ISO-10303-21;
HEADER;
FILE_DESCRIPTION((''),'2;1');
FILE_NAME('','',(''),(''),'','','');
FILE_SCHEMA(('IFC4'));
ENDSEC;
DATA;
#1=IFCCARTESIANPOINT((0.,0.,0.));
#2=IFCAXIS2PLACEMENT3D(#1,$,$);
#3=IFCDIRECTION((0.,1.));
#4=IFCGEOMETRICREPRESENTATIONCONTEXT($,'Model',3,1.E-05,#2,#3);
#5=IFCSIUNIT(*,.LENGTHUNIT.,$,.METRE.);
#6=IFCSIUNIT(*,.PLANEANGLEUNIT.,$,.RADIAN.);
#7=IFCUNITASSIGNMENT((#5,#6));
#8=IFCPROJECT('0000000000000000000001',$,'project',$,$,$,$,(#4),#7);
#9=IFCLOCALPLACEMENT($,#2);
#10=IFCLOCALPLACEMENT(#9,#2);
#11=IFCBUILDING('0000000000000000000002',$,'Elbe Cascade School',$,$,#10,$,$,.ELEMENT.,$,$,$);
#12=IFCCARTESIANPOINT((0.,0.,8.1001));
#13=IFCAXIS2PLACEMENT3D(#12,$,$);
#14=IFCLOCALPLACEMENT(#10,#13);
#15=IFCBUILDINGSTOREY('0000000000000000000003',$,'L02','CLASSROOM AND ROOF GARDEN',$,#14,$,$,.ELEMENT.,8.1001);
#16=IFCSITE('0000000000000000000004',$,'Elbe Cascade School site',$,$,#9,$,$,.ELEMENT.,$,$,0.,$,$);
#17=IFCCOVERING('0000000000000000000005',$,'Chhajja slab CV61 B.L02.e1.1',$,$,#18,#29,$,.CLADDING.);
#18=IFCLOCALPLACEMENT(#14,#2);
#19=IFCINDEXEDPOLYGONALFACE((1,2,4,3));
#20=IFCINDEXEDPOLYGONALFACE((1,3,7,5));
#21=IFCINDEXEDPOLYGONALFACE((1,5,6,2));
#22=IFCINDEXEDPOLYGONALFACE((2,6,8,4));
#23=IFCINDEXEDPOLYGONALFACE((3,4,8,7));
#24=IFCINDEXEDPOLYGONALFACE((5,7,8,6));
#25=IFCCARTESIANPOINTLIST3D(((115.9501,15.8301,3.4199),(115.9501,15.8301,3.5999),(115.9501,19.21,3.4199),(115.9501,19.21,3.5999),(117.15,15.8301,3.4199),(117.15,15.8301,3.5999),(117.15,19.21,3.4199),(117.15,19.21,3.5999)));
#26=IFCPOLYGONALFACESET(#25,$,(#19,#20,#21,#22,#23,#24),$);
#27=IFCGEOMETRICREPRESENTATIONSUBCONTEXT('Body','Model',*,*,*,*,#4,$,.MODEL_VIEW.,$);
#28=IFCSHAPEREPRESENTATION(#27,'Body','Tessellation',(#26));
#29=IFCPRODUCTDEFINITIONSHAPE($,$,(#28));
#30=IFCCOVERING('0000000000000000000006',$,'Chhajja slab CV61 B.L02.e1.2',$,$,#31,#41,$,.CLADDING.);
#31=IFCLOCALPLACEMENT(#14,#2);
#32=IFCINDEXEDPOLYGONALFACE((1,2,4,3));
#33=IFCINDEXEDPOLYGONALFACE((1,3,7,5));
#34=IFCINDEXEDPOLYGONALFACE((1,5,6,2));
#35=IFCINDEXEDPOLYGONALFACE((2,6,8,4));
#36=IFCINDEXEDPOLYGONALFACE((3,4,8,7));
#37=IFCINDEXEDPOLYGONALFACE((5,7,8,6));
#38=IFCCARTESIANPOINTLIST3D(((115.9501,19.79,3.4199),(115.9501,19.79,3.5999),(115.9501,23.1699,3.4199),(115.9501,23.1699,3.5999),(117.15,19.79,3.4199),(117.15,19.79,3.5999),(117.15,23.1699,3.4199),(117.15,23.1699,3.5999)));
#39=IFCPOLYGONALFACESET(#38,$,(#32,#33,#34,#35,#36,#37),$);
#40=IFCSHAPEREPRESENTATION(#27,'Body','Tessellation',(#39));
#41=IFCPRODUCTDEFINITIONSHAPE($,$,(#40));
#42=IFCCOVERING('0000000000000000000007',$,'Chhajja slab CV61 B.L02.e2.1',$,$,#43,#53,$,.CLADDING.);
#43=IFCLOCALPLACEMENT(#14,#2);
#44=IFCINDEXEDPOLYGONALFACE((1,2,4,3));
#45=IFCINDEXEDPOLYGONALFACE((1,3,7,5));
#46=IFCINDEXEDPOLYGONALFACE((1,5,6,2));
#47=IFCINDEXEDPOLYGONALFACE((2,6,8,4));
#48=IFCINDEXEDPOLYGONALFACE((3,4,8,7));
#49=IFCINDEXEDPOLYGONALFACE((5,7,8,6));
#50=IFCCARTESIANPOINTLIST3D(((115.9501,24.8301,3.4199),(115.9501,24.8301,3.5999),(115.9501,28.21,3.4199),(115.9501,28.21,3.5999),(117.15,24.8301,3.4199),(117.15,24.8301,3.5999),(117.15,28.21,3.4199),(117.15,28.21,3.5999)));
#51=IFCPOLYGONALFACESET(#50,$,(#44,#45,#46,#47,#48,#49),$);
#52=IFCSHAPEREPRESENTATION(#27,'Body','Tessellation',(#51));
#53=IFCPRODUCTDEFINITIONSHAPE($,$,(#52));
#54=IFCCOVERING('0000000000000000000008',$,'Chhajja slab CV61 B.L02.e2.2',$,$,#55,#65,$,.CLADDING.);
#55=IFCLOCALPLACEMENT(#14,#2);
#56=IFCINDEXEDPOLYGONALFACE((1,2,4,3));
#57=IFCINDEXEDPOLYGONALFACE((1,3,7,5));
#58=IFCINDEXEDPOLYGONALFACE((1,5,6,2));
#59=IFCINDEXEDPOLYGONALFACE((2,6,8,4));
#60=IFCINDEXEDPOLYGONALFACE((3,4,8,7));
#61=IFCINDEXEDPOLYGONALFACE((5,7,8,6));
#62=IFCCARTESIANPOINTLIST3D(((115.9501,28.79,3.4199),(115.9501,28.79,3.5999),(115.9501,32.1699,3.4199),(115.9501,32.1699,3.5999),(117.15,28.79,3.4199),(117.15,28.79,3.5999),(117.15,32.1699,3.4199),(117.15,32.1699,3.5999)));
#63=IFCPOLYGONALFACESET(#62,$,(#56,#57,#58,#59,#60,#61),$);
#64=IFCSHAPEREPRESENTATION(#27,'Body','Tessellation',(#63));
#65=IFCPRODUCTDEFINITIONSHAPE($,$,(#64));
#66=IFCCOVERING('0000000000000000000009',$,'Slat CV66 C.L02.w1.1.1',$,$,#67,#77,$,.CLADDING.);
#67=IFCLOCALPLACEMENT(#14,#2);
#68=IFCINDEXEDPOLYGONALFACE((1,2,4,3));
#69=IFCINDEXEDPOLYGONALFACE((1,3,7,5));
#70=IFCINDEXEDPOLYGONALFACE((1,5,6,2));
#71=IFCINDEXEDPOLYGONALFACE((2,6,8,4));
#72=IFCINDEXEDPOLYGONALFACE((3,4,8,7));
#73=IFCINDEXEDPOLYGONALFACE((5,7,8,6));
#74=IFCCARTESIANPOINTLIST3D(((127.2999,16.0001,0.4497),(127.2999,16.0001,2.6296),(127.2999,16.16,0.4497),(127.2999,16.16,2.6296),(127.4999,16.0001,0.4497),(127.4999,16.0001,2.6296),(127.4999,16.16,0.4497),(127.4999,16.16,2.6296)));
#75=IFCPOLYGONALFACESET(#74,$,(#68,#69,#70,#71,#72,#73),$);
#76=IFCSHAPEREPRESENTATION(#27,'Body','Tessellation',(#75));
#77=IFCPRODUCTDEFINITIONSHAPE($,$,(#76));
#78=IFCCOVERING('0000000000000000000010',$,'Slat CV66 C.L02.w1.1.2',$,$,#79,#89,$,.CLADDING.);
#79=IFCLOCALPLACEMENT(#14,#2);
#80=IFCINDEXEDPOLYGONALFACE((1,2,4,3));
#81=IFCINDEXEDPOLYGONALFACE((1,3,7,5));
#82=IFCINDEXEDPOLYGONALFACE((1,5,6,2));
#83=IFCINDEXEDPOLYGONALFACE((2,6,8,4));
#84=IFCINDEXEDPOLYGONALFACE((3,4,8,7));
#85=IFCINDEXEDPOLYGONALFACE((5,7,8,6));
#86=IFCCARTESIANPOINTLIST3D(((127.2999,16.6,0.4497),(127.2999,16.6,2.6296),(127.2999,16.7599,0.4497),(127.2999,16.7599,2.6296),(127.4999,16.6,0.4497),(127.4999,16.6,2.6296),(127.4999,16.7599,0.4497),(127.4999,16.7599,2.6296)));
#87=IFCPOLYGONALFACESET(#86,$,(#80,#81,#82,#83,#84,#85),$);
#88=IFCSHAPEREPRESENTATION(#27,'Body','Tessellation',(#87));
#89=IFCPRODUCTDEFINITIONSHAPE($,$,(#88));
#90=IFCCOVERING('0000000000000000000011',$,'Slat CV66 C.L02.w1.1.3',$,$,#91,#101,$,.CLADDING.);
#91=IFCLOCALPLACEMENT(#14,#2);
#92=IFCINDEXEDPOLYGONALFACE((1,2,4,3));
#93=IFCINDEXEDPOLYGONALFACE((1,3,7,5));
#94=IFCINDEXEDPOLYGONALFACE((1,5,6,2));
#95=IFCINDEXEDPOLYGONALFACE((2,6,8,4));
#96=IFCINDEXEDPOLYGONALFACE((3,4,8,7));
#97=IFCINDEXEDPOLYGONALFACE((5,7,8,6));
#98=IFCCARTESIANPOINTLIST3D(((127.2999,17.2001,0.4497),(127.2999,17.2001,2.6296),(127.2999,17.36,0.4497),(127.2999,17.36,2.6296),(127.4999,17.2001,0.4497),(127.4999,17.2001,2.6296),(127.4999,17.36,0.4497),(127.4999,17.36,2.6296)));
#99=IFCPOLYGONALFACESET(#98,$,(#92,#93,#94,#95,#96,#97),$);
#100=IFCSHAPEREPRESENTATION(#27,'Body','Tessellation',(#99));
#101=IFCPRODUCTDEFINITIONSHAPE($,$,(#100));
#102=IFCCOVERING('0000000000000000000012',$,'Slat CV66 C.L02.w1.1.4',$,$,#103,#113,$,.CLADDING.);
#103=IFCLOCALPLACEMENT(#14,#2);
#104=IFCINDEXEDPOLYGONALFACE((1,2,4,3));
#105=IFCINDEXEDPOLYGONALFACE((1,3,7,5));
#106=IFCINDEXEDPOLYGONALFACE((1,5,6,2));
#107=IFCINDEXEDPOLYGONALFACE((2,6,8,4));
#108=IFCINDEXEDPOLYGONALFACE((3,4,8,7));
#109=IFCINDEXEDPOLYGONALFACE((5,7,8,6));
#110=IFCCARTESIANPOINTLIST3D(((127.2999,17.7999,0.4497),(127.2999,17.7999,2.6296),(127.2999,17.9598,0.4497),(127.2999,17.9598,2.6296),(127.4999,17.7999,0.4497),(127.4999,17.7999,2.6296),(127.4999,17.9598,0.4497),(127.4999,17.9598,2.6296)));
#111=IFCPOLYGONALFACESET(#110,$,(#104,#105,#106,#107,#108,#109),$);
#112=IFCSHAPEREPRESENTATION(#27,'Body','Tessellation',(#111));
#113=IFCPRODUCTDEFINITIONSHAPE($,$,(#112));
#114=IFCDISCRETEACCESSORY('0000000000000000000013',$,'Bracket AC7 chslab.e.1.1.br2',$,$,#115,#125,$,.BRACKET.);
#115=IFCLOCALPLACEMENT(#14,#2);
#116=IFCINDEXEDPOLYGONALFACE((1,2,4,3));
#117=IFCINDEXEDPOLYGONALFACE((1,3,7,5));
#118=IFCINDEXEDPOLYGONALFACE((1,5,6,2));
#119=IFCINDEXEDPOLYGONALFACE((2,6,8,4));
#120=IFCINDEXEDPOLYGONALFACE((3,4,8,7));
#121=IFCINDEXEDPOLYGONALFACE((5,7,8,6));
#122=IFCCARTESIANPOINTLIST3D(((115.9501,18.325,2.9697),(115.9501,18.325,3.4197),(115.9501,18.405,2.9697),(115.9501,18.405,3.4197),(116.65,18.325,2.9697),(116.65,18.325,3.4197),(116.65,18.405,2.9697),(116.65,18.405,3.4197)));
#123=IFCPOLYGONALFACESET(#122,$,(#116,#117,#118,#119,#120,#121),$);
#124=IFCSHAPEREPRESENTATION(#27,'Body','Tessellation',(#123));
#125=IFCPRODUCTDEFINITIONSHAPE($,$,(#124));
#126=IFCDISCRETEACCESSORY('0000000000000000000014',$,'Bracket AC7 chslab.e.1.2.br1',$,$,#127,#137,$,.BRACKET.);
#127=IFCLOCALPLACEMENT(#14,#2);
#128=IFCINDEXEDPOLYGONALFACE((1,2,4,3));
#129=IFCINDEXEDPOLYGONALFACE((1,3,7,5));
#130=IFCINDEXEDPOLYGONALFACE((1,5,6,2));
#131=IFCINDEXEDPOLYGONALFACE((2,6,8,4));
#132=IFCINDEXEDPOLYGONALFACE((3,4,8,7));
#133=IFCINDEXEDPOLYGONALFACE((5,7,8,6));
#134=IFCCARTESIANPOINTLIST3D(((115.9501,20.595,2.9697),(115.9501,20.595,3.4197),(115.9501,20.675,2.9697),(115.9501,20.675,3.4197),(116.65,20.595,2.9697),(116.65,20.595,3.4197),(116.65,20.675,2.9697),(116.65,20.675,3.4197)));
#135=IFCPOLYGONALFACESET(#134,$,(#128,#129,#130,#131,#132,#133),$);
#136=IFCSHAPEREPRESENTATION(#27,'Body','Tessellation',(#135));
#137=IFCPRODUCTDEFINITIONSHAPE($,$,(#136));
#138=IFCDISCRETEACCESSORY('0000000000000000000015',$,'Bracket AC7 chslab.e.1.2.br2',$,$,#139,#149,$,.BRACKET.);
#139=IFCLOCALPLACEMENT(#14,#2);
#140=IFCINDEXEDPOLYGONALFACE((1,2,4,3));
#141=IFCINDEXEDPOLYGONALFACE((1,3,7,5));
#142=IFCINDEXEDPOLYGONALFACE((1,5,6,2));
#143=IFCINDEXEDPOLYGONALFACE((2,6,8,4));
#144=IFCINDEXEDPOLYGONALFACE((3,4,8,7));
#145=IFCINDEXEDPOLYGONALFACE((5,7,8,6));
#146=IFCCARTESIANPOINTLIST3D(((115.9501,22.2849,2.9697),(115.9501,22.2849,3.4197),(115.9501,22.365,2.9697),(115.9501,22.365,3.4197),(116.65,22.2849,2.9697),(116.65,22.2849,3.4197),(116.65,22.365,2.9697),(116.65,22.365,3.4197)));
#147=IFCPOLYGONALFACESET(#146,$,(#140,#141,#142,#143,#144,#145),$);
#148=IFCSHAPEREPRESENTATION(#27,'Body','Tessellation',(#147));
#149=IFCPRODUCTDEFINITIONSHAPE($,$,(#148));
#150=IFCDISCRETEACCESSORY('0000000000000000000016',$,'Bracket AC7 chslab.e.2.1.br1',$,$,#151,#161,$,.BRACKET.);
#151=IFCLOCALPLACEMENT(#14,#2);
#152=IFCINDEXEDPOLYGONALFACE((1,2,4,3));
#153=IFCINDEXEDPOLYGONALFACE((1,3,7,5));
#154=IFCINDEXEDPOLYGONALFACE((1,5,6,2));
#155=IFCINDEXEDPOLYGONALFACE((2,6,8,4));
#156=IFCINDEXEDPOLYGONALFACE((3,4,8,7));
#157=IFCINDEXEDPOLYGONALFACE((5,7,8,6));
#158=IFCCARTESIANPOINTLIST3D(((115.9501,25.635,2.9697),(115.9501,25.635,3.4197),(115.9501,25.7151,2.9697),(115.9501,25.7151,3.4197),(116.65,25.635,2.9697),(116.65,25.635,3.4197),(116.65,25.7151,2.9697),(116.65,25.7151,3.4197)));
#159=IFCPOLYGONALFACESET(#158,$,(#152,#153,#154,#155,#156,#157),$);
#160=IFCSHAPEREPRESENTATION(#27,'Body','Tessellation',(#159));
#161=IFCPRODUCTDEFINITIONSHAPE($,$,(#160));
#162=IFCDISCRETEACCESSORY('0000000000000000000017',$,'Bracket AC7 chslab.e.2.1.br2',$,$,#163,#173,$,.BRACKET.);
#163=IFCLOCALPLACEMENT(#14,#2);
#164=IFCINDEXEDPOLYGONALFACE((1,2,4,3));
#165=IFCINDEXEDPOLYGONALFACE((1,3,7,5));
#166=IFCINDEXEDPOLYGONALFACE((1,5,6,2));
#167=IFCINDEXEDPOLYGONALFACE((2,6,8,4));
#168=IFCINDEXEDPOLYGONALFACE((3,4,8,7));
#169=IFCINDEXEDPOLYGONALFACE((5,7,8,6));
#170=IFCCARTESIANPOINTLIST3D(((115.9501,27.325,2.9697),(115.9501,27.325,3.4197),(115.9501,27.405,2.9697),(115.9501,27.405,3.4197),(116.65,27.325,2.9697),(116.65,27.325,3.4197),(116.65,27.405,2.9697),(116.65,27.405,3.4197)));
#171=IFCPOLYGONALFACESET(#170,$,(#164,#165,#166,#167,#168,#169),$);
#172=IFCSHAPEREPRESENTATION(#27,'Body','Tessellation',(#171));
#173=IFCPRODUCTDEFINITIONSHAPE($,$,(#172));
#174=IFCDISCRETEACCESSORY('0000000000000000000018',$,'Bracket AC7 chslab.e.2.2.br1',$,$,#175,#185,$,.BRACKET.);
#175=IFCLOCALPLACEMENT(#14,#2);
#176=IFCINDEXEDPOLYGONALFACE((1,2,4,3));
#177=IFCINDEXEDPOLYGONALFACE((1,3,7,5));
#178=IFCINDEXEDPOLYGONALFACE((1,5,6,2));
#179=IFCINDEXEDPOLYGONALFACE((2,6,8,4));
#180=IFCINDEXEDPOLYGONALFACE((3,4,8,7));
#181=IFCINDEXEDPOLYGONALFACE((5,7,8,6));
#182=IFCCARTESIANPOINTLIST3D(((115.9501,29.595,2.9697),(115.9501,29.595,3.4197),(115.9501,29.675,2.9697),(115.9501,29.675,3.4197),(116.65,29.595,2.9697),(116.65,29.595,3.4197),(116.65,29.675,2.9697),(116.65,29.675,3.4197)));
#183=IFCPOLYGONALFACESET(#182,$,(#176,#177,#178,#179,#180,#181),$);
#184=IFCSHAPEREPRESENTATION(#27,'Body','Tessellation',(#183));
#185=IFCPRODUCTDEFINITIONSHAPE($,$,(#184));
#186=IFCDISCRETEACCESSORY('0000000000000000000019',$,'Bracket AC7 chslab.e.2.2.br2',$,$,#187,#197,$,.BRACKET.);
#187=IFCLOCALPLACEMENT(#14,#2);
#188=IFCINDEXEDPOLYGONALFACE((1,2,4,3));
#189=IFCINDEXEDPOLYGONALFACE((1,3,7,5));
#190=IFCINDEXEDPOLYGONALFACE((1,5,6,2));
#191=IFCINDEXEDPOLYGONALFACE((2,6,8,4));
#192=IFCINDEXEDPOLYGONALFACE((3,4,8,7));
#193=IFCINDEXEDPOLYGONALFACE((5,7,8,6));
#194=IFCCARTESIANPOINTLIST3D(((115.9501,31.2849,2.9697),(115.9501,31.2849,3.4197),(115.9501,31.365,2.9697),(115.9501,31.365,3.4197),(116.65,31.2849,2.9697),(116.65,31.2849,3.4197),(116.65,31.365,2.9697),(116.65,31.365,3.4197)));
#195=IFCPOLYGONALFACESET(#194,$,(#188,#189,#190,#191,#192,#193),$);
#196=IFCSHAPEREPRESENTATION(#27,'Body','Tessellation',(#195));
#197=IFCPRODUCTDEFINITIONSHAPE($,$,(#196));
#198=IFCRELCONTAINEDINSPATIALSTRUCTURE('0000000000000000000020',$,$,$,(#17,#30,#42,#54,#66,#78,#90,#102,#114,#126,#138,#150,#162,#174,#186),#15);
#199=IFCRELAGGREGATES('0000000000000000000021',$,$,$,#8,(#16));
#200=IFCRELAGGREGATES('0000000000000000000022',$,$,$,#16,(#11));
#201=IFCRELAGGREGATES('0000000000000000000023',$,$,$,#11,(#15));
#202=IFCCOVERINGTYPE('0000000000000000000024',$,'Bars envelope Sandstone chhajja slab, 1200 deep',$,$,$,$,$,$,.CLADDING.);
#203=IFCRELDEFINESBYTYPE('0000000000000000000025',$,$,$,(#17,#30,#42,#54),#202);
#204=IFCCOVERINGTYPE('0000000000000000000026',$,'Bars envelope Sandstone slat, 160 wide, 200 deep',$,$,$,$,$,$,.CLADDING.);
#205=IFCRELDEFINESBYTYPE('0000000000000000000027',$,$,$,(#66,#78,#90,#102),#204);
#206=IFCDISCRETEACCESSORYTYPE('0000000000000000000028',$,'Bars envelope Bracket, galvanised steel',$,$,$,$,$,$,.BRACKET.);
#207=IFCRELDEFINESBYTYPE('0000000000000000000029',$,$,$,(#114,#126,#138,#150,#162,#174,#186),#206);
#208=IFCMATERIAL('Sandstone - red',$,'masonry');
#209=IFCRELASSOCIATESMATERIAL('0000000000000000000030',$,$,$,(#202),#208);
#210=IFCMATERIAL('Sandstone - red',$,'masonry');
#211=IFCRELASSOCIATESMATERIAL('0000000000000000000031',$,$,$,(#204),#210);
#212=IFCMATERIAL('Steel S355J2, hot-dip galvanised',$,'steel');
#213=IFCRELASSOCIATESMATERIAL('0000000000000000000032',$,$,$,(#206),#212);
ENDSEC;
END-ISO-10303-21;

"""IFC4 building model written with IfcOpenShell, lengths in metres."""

from ifc_helpers import new_model, si_unit, direction, frame, origin, origin_2d, place, context, subcontext, project, spatial, rectangle, extrude, material, type_object, element, save


model = new_model("IFC4")

# Units and contexts
model_context = context("Model", 3, precision=1e-05, world=origin(), true_north=direction((0.0, 1.0)))
body_context = subcontext(model_context, "Body", "Model", "MODEL_VIEW")
ifc_project = project(units=[si_unit("LENGTHUNIT", "METRE"), si_unit("PLANEANGLEUNIT", "RADIAN")], contexts=[model_context])

# Site, building, storey
site_placement = place(None, origin())
site = spatial("IfcSite", under=ifc_project, at=site_placement, Name="Elbe Cascade School site", CompositionType="ELEMENT", RefElevation=0.0)
building_placement = place(site_placement, origin())
building = spatial("IfcBuilding", under=site, at=building_placement, Name="Elbe Cascade School", CompositionType="ELEMENT")
storey_placement = place(building_placement, frame((0.0, 0.0, 8.1001)))
storey = spatial("IfcBuildingStorey", under=building, at=storey_placement, Name="L02", Description="CLASSROOM AND ROOF GARDEN", CompositionType="ELEMENT", Elevation=8.1001)

# Coverings
ifc_material_1 = material(Name="Sandstone - red", Category="masonry")
covering_type_1 = type_object("IfcCoveringType", Name="Bars envelope Sandstone chhajja slab, 1200 deep", PredefinedType="CLADDING", material=ifc_material_1)
for number, where, z_axis, x_axis, name in (
    (1, (116.55, 17.52, 3.4199), (0.0, 0.0, 1.0), (0.0, 1.0, 0.0), "Chhajja slab CV61 B.L02.e1.1"),
    (2, (116.55, 21.48, 3.4199), (0.0, 0.0, 1.0), (0.0, 1.0, 0.0), "Chhajja slab CV61 B.L02.e1.2"),
    (3, (116.55, 26.52, 3.4199), (0.0, 0.0, 1.0), (0.0, 1.0, 0.0), "Chhajja slab CV61 B.L02.e2.1"),
    (4, (116.55, 30.48, 3.4199), (0.0, 0.0, 1.0), (0.0, 1.0, 0.0), "Chhajja slab CV61 B.L02.e2.2"),
):
    element("IfcCovering", number, at=place(storey_placement, frame(where, z_axis=z_axis, x_axis=x_axis)), inside=storey, type_object=covering_type_1, Name=name, PredefinedType="CLADDING", context=body_context, shape_type="SweptSolid", body=[
        extrude(rectangle(XDim=3.3799, YDim=1.2, at=origin_2d()), origin(), (0.0, 0.0, 1.0), 0.1799),
    ])
ifc_material_2 = material(Name="Sandstone - red", Category="masonry")
covering_type_2 = type_object("IfcCoveringType", Name="Bars envelope Sandstone slat, 160 wide, 200 deep", PredefinedType="CLADDING", material=ifc_material_2)
for number, where, z_axis, x_axis, name in (
    (5, (127.3999, 16.0801, 0.4497), (0.0, 0.0, 1.0), (0.0, 1.0, 0.0), "Slat CV66 C.L02.w1.1.1"),
    (6, (127.3999, 16.6799, 0.4497), (0.0, 0.0, 1.0), (0.0, 1.0, 0.0), "Slat CV66 C.L02.w1.1.2"),
    (7, (127.3999, 17.28, 0.4497), (0.0, 0.0, 1.0), (0.0, 1.0, 0.0), "Slat CV66 C.L02.w1.1.3"),
    (8, (127.3999, 17.8799, 0.4497), (0.0, 0.0, 1.0), (0.0, 1.0, 0.0), "Slat CV66 C.L02.w1.1.4"),
):
    element("IfcCovering", number, at=place(storey_placement, frame(where, z_axis=z_axis, x_axis=x_axis)), inside=storey, type_object=covering_type_2, Name=name, PredefinedType="CLADDING", context=body_context, shape_type="SweptSolid", body=[
        extrude(rectangle(XDim=0.1599, YDim=0.2, at=origin_2d()), origin(), (0.0, 0.0, 1.0), 2.1799),
    ])

# Discrete accessories
ifc_material_3 = material(Name="Steel S355J2, hot-dip galvanised", Category="steel")
discrete_accessory_type = type_object("IfcDiscreteAccessoryType", Name="Bars envelope Bracket, galvanised steel", PredefinedType="BRACKET", material=ifc_material_3)
for number, where, z_axis, x_axis, name in (
    (9, (116.3, 18.365, 2.9697), (0.0, 0.0, 1.0), (0.0, 1.0, 0.0), "Bracket AC7 chslab.e.1.1.br2"),
    (10, (116.3, 20.635, 2.9697), (0.0, 0.0, 1.0), (0.0, 1.0, 0.0), "Bracket AC7 chslab.e.1.2.br1"),
    (11, (116.3, 22.325, 2.9697), (0.0, 0.0, 1.0), (0.0, 1.0, 0.0), "Bracket AC7 chslab.e.1.2.br2"),
    (12, (116.3, 25.675, 2.9697), (0.0, 0.0, 1.0), (0.0, 1.0, 0.0), "Bracket AC7 chslab.e.2.1.br1"),
    (13, (116.3, 27.365, 2.9697), (0.0, 0.0, 1.0), (0.0, 1.0, 0.0), "Bracket AC7 chslab.e.2.1.br2"),
    (14, (116.3, 29.635, 2.9697), (0.0, 0.0, 1.0), (0.0, 1.0, 0.0), "Bracket AC7 chslab.e.2.2.br1"),
    (15, (116.3, 31.325, 2.9697), (0.0, 0.0, 1.0), (0.0, 1.0, 0.0), "Bracket AC7 chslab.e.2.2.br2"),
):
    element("IfcDiscreteAccessory", number, at=place(storey_placement, frame(where, z_axis=z_axis, x_axis=x_axis)), inside=storey, type_object=discrete_accessory_type, Name=name, PredefinedType="BRACKET", context=body_context, shape_type="SweptSolid", body=[
        extrude(rectangle(XDim=0.0801, YDim=0.7, at=origin_2d()), origin(), (0.0, 0.0, 1.0), 0.45),
    ])

save(model, "model.ifc")
